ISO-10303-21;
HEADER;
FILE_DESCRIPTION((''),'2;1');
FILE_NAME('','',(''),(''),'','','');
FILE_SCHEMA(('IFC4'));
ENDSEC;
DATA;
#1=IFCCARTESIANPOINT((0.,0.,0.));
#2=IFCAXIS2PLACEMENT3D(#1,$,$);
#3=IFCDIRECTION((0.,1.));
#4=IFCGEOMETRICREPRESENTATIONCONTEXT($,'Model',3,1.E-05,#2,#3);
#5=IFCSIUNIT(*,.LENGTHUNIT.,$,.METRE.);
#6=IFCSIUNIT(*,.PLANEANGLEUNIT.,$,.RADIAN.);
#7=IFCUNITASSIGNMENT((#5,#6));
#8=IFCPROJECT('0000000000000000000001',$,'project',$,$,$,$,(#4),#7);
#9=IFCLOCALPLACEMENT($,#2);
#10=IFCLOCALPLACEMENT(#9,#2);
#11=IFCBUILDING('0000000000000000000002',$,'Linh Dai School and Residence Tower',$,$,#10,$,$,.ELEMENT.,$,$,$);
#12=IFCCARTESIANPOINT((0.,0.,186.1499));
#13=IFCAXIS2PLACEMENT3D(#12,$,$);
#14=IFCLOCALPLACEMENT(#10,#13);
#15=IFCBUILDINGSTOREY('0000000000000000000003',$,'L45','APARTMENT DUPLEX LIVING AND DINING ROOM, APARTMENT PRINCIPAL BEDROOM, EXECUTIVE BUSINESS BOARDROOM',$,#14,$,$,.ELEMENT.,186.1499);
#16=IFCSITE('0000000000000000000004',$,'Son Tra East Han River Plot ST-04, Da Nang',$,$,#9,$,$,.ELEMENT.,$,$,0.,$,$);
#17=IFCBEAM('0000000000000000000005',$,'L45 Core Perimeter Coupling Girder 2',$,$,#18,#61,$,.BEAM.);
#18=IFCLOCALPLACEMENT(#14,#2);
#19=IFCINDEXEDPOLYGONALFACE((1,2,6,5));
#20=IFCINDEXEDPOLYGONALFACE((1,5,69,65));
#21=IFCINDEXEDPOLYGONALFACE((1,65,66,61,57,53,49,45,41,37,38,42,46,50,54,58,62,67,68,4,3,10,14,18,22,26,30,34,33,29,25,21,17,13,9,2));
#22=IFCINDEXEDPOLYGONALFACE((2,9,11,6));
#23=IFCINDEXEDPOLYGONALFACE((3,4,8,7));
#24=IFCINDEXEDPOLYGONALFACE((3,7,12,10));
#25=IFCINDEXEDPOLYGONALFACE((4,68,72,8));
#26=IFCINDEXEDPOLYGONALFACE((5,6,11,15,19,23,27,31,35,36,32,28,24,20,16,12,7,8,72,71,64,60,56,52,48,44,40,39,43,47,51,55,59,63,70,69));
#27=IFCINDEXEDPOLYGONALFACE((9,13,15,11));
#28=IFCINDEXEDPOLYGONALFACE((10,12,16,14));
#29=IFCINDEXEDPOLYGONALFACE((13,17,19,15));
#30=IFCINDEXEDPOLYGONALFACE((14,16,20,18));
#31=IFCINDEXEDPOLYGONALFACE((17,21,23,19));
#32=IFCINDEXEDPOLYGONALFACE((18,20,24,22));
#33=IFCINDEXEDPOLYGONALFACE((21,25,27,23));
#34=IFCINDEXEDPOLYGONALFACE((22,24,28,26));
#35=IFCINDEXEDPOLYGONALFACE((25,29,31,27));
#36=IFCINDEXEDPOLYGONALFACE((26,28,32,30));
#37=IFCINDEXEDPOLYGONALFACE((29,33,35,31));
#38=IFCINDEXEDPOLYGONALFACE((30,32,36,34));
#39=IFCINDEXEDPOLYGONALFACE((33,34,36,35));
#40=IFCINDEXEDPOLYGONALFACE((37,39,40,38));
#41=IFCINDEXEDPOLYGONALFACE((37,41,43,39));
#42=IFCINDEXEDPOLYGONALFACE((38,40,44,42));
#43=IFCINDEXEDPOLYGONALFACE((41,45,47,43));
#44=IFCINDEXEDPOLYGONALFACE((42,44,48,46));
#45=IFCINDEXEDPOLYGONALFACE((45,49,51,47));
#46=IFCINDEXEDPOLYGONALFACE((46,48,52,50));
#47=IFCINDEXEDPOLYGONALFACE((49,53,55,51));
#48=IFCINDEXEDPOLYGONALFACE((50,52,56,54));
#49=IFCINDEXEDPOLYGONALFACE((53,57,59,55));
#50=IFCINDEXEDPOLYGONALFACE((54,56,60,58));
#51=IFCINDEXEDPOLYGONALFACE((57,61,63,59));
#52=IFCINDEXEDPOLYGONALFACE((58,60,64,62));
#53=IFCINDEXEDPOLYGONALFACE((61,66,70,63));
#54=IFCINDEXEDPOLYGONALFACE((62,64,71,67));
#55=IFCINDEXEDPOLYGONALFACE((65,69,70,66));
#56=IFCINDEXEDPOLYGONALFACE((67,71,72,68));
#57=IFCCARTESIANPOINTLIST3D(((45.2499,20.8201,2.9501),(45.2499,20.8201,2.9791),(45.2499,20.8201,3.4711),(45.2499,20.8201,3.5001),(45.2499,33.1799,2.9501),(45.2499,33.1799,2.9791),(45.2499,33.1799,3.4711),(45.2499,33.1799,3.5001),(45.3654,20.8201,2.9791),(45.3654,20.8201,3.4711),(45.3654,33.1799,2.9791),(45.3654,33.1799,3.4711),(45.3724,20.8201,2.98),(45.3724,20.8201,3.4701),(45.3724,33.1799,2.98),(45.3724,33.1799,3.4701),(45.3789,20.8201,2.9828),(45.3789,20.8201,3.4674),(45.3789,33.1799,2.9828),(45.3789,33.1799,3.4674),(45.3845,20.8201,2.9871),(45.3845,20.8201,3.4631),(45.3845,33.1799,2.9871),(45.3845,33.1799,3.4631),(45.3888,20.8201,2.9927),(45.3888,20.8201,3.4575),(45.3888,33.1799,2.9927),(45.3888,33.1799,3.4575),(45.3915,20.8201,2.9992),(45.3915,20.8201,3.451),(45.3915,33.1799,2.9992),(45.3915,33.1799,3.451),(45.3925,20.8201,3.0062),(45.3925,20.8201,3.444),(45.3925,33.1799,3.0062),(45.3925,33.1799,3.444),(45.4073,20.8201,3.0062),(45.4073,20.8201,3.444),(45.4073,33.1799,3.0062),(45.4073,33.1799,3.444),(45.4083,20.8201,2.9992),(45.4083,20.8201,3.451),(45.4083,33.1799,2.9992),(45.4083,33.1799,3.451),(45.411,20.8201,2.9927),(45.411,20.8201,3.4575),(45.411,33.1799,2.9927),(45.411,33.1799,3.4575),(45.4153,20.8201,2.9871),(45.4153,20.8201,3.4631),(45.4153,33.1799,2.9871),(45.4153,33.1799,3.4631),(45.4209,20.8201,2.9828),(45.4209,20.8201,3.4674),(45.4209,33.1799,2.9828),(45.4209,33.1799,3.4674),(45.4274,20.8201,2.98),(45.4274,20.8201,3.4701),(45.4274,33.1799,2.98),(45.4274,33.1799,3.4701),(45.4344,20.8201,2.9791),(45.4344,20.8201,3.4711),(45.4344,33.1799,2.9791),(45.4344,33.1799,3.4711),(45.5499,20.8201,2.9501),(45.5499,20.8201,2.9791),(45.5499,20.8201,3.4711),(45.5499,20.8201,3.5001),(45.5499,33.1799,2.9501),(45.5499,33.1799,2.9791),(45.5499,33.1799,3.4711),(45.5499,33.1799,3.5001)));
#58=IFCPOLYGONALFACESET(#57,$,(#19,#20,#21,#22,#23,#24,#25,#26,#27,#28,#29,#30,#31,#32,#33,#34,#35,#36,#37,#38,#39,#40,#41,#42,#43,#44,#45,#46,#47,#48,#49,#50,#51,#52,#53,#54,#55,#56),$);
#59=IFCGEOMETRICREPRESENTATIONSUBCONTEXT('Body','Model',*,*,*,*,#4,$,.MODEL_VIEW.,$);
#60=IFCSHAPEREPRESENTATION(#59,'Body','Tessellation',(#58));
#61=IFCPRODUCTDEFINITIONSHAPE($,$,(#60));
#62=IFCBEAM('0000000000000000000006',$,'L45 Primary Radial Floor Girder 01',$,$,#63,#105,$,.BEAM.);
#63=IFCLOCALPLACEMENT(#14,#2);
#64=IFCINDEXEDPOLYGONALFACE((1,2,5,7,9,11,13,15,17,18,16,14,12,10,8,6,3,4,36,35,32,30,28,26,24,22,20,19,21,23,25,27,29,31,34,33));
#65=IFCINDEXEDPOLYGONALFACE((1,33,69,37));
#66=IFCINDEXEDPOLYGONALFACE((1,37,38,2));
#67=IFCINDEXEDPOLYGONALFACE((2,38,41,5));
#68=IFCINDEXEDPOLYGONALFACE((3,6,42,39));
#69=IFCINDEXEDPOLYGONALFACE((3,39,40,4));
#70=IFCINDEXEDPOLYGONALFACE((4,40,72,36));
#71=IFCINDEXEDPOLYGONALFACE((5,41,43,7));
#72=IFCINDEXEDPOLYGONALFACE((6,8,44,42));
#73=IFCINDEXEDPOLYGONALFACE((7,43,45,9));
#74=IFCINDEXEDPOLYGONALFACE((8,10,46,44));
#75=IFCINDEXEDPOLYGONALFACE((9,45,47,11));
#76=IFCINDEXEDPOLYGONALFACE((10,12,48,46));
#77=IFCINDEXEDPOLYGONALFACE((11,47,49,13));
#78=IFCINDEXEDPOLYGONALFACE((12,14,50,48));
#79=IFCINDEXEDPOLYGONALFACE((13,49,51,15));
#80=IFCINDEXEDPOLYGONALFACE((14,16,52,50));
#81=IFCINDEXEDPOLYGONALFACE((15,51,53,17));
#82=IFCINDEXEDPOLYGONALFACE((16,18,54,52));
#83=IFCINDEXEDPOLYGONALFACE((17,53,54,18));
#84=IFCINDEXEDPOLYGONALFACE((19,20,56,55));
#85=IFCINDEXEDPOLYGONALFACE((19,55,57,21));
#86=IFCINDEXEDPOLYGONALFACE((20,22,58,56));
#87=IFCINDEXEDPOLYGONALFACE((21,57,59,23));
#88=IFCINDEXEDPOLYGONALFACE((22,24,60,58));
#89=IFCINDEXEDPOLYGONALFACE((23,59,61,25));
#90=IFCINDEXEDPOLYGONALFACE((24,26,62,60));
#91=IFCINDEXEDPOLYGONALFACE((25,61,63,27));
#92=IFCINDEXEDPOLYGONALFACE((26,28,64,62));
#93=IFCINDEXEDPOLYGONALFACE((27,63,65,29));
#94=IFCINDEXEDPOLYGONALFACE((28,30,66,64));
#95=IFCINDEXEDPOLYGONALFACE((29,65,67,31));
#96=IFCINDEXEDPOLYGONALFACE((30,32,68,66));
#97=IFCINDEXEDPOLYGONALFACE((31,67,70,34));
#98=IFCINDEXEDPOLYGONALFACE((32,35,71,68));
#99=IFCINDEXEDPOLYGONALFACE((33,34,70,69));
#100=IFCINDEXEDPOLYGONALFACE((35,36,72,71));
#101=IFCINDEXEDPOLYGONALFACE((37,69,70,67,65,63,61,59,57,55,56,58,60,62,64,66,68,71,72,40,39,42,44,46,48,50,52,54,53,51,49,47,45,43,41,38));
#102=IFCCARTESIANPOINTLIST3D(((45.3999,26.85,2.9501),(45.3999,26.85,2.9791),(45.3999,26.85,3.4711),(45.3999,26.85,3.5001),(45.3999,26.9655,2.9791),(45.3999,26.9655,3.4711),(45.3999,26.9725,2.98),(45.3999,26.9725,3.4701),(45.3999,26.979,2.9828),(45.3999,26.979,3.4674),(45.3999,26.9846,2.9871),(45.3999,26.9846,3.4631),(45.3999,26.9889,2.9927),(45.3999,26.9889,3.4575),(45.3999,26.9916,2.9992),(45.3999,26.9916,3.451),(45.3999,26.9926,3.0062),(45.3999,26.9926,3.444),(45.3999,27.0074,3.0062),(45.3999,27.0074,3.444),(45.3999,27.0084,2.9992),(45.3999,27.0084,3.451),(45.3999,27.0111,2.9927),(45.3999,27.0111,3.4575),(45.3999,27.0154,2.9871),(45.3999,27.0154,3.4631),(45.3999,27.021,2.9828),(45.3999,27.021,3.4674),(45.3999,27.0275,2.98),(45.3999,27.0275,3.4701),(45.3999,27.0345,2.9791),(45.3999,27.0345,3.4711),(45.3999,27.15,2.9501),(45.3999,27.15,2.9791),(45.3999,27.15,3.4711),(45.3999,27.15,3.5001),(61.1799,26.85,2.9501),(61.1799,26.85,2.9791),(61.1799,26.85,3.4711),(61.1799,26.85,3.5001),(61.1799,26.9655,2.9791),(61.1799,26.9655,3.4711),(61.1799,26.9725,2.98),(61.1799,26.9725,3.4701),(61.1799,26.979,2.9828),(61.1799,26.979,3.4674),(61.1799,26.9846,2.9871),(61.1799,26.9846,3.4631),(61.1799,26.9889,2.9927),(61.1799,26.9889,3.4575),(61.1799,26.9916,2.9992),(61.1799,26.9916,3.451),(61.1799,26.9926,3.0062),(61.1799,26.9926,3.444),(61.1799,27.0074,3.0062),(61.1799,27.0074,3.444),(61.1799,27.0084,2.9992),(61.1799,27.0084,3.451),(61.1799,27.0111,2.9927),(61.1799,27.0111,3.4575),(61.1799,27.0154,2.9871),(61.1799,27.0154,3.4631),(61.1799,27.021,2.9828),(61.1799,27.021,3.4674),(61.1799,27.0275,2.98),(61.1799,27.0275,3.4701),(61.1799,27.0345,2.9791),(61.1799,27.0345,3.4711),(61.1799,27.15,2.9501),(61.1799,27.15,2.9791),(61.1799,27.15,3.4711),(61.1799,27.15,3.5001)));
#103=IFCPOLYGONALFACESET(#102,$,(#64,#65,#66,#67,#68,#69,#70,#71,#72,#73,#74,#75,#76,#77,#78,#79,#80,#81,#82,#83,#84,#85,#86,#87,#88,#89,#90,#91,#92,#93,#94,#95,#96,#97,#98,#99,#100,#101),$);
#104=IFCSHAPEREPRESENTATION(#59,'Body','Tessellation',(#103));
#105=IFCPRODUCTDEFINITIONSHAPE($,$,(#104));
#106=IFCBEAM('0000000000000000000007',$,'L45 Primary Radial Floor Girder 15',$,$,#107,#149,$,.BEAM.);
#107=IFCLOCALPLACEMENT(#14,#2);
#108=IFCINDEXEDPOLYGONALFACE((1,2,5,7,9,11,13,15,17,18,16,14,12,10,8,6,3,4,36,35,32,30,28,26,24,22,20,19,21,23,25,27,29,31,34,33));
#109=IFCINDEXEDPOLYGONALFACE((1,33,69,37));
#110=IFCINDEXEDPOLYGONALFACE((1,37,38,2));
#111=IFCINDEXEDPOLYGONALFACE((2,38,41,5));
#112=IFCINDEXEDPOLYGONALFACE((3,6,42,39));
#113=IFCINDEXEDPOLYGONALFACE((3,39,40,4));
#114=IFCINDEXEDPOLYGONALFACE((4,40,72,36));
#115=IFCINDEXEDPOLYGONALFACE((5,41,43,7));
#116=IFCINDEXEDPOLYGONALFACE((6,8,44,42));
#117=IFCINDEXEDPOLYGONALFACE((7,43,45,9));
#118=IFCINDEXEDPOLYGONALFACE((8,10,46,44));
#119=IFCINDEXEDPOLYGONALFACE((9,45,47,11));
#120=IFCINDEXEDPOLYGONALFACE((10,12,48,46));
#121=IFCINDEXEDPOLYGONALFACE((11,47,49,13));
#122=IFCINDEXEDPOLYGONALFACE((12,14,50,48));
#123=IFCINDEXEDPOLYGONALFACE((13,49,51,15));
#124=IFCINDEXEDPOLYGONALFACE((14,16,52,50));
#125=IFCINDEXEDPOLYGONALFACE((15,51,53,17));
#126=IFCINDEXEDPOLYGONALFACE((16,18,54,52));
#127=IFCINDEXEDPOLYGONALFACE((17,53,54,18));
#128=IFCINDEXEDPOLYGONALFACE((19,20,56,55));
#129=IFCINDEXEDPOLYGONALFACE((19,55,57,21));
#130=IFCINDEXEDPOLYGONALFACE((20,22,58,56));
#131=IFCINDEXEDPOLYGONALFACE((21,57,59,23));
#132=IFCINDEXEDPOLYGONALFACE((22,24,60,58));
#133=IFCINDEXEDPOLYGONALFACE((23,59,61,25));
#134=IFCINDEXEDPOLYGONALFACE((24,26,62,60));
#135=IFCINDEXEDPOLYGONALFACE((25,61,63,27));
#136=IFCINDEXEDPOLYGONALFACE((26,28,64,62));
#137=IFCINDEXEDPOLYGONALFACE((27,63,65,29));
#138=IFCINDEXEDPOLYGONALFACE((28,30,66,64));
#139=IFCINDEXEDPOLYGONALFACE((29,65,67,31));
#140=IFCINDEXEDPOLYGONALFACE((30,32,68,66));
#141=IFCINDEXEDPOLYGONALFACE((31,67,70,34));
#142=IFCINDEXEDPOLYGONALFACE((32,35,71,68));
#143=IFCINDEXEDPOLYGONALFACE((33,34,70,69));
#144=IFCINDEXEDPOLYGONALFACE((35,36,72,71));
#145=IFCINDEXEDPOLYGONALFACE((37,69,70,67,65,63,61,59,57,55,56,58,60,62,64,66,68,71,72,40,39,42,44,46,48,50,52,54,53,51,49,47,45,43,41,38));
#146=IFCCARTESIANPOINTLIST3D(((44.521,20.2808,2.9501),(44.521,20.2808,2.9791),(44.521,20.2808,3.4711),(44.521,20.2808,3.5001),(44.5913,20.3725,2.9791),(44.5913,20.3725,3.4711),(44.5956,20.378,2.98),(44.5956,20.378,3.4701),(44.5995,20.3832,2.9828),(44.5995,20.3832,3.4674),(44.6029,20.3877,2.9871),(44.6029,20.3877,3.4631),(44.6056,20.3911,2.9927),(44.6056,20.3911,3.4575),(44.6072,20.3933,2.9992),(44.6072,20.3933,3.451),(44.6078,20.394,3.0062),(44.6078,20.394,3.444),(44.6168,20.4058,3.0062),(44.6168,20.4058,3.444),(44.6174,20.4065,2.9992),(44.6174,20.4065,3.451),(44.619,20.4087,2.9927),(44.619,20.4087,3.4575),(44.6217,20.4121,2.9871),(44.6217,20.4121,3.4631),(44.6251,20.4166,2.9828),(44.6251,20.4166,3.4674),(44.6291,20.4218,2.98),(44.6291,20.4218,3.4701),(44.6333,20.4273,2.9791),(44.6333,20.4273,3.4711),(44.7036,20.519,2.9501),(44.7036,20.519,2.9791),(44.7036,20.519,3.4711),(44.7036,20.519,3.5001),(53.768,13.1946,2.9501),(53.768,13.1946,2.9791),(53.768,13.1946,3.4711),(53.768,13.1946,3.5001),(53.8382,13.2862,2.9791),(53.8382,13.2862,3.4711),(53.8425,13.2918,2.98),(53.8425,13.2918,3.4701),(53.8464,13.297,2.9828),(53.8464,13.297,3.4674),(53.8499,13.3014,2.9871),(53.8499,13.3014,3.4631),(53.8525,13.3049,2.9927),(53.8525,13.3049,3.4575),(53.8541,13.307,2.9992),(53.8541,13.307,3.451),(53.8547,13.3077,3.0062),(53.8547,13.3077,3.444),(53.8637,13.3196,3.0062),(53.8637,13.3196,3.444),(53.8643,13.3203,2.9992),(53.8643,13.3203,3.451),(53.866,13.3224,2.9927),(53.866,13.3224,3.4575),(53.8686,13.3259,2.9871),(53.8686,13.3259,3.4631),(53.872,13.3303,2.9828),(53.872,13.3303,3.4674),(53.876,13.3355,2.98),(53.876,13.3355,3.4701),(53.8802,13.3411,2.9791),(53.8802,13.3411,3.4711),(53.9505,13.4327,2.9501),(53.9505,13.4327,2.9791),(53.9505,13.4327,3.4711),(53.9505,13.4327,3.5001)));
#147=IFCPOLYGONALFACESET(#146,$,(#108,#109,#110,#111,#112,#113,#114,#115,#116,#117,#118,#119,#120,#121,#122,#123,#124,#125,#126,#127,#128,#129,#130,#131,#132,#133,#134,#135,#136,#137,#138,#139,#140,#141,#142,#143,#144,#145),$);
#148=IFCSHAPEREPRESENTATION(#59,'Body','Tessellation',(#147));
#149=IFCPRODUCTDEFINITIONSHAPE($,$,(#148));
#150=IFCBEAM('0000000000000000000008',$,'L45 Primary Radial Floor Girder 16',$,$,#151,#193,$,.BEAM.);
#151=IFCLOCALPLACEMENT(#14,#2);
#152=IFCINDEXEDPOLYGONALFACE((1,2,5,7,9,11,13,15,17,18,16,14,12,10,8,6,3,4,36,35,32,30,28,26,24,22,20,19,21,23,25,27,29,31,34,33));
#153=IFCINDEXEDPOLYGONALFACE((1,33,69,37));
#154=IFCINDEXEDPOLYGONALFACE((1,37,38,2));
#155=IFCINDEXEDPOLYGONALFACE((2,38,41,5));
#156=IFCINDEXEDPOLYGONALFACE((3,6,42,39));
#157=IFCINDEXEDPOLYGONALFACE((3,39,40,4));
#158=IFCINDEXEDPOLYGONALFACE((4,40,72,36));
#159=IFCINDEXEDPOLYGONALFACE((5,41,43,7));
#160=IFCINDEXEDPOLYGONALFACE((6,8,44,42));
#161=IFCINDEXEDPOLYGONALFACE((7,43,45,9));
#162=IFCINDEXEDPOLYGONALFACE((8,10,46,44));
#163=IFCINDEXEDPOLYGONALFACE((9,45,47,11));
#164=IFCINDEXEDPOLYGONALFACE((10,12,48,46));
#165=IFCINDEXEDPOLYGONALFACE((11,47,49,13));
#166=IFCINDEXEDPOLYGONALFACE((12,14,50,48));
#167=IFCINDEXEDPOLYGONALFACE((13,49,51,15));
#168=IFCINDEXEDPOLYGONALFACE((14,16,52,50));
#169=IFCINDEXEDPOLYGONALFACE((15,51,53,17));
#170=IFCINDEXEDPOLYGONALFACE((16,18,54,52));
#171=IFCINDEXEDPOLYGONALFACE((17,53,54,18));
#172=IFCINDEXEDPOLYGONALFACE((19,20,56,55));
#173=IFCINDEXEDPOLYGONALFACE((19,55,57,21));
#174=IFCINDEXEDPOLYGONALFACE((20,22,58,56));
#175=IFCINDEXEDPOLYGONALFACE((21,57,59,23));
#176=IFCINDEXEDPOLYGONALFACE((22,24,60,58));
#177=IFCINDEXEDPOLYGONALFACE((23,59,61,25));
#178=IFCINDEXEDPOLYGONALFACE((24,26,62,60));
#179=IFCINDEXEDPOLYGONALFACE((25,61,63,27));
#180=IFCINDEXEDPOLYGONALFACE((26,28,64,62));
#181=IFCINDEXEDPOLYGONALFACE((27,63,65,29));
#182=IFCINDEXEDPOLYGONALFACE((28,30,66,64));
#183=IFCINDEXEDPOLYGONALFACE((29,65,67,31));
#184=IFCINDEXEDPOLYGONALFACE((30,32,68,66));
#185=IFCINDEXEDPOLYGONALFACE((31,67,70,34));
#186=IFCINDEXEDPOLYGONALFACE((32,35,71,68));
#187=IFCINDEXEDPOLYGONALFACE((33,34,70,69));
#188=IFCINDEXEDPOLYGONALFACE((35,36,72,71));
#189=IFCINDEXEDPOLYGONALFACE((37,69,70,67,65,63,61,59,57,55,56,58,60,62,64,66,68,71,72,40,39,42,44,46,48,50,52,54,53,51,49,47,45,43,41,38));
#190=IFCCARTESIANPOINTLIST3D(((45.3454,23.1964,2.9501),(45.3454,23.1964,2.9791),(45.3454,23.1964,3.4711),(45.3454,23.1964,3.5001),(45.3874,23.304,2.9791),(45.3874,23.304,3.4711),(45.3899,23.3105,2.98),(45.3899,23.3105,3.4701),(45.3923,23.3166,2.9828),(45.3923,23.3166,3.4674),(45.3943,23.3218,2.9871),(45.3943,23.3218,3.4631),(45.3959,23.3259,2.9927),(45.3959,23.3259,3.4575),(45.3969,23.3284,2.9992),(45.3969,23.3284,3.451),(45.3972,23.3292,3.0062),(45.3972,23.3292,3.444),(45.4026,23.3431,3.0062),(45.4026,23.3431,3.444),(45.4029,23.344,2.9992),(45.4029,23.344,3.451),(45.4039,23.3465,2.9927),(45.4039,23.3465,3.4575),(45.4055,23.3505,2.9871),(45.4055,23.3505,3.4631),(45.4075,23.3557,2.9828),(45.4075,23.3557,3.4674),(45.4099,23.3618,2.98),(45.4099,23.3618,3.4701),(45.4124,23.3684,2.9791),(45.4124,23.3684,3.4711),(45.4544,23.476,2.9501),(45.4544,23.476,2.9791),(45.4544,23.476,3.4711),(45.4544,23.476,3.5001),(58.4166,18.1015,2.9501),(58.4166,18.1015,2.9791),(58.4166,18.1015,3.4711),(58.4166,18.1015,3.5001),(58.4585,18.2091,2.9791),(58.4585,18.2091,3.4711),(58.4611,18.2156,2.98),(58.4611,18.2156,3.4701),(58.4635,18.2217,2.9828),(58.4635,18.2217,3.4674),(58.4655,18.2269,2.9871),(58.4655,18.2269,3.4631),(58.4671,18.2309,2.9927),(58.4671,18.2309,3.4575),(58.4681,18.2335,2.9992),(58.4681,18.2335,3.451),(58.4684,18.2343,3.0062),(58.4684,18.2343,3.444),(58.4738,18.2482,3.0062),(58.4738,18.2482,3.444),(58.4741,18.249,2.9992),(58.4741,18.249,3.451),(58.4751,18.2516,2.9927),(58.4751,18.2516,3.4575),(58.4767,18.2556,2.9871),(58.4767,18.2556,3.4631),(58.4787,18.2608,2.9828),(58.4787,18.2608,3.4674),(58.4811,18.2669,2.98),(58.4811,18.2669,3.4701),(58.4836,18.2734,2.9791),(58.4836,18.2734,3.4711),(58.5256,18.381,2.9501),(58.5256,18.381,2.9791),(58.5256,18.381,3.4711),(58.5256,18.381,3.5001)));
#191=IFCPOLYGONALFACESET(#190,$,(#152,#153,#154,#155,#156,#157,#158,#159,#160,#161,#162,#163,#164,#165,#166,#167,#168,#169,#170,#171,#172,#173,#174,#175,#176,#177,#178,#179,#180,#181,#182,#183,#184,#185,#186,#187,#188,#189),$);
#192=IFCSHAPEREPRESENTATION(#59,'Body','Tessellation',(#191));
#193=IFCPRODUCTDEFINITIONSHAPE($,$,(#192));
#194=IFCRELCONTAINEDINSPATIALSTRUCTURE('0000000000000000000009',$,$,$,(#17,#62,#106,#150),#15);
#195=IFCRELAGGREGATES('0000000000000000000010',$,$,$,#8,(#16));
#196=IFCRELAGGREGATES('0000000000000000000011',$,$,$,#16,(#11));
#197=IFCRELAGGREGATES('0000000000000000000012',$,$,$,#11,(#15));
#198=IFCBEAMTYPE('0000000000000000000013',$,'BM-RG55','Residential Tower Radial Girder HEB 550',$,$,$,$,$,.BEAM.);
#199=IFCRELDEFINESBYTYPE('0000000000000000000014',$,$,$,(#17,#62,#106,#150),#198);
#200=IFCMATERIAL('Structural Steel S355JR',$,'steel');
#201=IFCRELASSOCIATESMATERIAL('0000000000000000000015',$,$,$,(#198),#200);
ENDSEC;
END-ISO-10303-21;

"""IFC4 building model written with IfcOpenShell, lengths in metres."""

from ifc_helpers import new_model, si_unit, direction, frame, origin, origin_2d, place, context, subcontext, project, spatial, i_section, extrude, material, material_profile, profile_set, type_object, element, save


model = new_model("IFC4")

# Units and contexts
model_context = context("Model", 3, precision=1e-05, world=origin(), true_north=direction((0.0, 1.0)))
body_context = subcontext(model_context, "Body", "Model", "MODEL_VIEW")
ifc_project = project(units=[si_unit("LENGTHUNIT", "METRE"), si_unit("PLANEANGLEUNIT", "RADIAN")], contexts=[model_context])

# Site, building, storey
site_placement = place(None, origin())
site = spatial("IfcSite", under=ifc_project, at=site_placement, Name="Son Tra East Han River Plot ST-04, Da Nang", CompositionType="ELEMENT", RefElevation=0.0)
building_placement = place(site_placement, origin())
building = spatial("IfcBuilding", under=site, at=building_placement, Name="Linh Dai School and Residence Tower", CompositionType="ELEMENT")
storey_placement = place(building_placement, frame((0.0, 0.0, 186.1499)))
storey = spatial("IfcBuildingStorey", under=building, at=storey_placement, Name="L45", Description="APARTMENT DUPLEX LIVING AND DINING ROOM, APARTMENT PRINCIPAL BEDROOM, EXECUTIVE BUSINESS BOARDROOM", CompositionType="ELEMENT", Elevation=186.1499)

# Shared definitions
ifc_material_1 = material(Name="Structural Steel S355JR", Category="steel")

# Beams
ifc_material_profile_1 = material_profile(ifc_material_1, i_section(OverallWidth=0.3, OverallDepth=0.55, WebThickness=0.0149, FlangeThickness=0.0291, FilletRadius=0.0271, at=origin_2d()), Name="HEB 550")
ifc_profile_set_1 = profile_set([ifc_material_profile_1], Name="Structural Steel S355JR")
beam_type_1 = type_object("IfcBeamType", Name="BM-RG55", Description="Residential Tower Radial Girder HEB 550", PredefinedType="BEAM", material=ifc_profile_set_1)
beam_1_placement = place(storey_placement, frame((45.3999, 20.8201, 3.2251), z_axis=(0.0, 1.0, 0.0), x_axis=(-1.0, 0.0, 0.0)))
element("IfcBeam", 1, at=beam_1_placement, inside=storey, type_object=beam_type_1, Name="L45 Core Perimeter Coupling Girder 2", PredefinedType="BEAM", context=body_context, shape_type="SweptSolid", body=[
    extrude(i_section(OverallWidth=0.3, OverallDepth=0.55, WebThickness=0.0149, FlangeThickness=0.0291, FilletRadius=0.0271, at=origin_2d()), origin(), (0.0, 0.0, 1.0), 12.3599),
])
beam_2_placement = place(storey_placement, frame((45.3999, 27.0, 3.2251), z_axis=(1.0, 0.0, 0.0), x_axis=(0.0, 1.0, 0.0)))
element("IfcBeam", 2, at=beam_2_placement, inside=storey, type_object=beam_type_1, Name="L45 Primary Radial Floor Girder 01", PredefinedType="BEAM", context=body_context, shape_type="SweptSolid", body=[
    extrude(i_section(OverallWidth=0.3, OverallDepth=0.55, WebThickness=0.0149, FlangeThickness=0.0291, FilletRadius=0.0271, at=origin_2d()), origin(), (0.0, 0.0, 1.0), 15.78),
])
beam_3_placement = place(storey_placement, frame((44.6123, 20.3999, 3.2251), z_axis=(0.793733, -0.608267, 0.0), x_axis=(0.608267, 0.793733, 0.0)))
element("IfcBeam", 3, at=beam_3_placement, inside=storey, type_object=beam_type_1, Name="L45 Primary Radial Floor Girder 15", PredefinedType="BEAM", context=body_context, shape_type="SweptSolid", body=[
    extrude(i_section(OverallWidth=0.3, OverallDepth=0.55, WebThickness=0.0149, FlangeThickness=0.0291, FilletRadius=0.0271, at=origin_2d()), origin(), (0.0, 0.0, 1.0), 11.6499),
])
beam_4_placement = place(storey_placement, frame((45.3999, 23.3362, 3.2251), z_axis=(0.931723, -0.36317, 0.0), x_axis=(0.36317, 0.931723, 0.0)))
element("IfcBeam", 4, at=beam_4_placement, inside=storey, type_object=beam_type_1, Name="L45 Primary Radial Floor Girder 16", PredefinedType="BEAM", context=body_context, shape_type="SweptSolid", body=[
    extrude(i_section(OverallWidth=0.3, OverallDepth=0.55, WebThickness=0.0149, FlangeThickness=0.0291, FilletRadius=0.0271, at=origin_2d()), origin(), (0.0, 0.0, 1.0), 14.0291),
])

save(model, "model.ifc")
